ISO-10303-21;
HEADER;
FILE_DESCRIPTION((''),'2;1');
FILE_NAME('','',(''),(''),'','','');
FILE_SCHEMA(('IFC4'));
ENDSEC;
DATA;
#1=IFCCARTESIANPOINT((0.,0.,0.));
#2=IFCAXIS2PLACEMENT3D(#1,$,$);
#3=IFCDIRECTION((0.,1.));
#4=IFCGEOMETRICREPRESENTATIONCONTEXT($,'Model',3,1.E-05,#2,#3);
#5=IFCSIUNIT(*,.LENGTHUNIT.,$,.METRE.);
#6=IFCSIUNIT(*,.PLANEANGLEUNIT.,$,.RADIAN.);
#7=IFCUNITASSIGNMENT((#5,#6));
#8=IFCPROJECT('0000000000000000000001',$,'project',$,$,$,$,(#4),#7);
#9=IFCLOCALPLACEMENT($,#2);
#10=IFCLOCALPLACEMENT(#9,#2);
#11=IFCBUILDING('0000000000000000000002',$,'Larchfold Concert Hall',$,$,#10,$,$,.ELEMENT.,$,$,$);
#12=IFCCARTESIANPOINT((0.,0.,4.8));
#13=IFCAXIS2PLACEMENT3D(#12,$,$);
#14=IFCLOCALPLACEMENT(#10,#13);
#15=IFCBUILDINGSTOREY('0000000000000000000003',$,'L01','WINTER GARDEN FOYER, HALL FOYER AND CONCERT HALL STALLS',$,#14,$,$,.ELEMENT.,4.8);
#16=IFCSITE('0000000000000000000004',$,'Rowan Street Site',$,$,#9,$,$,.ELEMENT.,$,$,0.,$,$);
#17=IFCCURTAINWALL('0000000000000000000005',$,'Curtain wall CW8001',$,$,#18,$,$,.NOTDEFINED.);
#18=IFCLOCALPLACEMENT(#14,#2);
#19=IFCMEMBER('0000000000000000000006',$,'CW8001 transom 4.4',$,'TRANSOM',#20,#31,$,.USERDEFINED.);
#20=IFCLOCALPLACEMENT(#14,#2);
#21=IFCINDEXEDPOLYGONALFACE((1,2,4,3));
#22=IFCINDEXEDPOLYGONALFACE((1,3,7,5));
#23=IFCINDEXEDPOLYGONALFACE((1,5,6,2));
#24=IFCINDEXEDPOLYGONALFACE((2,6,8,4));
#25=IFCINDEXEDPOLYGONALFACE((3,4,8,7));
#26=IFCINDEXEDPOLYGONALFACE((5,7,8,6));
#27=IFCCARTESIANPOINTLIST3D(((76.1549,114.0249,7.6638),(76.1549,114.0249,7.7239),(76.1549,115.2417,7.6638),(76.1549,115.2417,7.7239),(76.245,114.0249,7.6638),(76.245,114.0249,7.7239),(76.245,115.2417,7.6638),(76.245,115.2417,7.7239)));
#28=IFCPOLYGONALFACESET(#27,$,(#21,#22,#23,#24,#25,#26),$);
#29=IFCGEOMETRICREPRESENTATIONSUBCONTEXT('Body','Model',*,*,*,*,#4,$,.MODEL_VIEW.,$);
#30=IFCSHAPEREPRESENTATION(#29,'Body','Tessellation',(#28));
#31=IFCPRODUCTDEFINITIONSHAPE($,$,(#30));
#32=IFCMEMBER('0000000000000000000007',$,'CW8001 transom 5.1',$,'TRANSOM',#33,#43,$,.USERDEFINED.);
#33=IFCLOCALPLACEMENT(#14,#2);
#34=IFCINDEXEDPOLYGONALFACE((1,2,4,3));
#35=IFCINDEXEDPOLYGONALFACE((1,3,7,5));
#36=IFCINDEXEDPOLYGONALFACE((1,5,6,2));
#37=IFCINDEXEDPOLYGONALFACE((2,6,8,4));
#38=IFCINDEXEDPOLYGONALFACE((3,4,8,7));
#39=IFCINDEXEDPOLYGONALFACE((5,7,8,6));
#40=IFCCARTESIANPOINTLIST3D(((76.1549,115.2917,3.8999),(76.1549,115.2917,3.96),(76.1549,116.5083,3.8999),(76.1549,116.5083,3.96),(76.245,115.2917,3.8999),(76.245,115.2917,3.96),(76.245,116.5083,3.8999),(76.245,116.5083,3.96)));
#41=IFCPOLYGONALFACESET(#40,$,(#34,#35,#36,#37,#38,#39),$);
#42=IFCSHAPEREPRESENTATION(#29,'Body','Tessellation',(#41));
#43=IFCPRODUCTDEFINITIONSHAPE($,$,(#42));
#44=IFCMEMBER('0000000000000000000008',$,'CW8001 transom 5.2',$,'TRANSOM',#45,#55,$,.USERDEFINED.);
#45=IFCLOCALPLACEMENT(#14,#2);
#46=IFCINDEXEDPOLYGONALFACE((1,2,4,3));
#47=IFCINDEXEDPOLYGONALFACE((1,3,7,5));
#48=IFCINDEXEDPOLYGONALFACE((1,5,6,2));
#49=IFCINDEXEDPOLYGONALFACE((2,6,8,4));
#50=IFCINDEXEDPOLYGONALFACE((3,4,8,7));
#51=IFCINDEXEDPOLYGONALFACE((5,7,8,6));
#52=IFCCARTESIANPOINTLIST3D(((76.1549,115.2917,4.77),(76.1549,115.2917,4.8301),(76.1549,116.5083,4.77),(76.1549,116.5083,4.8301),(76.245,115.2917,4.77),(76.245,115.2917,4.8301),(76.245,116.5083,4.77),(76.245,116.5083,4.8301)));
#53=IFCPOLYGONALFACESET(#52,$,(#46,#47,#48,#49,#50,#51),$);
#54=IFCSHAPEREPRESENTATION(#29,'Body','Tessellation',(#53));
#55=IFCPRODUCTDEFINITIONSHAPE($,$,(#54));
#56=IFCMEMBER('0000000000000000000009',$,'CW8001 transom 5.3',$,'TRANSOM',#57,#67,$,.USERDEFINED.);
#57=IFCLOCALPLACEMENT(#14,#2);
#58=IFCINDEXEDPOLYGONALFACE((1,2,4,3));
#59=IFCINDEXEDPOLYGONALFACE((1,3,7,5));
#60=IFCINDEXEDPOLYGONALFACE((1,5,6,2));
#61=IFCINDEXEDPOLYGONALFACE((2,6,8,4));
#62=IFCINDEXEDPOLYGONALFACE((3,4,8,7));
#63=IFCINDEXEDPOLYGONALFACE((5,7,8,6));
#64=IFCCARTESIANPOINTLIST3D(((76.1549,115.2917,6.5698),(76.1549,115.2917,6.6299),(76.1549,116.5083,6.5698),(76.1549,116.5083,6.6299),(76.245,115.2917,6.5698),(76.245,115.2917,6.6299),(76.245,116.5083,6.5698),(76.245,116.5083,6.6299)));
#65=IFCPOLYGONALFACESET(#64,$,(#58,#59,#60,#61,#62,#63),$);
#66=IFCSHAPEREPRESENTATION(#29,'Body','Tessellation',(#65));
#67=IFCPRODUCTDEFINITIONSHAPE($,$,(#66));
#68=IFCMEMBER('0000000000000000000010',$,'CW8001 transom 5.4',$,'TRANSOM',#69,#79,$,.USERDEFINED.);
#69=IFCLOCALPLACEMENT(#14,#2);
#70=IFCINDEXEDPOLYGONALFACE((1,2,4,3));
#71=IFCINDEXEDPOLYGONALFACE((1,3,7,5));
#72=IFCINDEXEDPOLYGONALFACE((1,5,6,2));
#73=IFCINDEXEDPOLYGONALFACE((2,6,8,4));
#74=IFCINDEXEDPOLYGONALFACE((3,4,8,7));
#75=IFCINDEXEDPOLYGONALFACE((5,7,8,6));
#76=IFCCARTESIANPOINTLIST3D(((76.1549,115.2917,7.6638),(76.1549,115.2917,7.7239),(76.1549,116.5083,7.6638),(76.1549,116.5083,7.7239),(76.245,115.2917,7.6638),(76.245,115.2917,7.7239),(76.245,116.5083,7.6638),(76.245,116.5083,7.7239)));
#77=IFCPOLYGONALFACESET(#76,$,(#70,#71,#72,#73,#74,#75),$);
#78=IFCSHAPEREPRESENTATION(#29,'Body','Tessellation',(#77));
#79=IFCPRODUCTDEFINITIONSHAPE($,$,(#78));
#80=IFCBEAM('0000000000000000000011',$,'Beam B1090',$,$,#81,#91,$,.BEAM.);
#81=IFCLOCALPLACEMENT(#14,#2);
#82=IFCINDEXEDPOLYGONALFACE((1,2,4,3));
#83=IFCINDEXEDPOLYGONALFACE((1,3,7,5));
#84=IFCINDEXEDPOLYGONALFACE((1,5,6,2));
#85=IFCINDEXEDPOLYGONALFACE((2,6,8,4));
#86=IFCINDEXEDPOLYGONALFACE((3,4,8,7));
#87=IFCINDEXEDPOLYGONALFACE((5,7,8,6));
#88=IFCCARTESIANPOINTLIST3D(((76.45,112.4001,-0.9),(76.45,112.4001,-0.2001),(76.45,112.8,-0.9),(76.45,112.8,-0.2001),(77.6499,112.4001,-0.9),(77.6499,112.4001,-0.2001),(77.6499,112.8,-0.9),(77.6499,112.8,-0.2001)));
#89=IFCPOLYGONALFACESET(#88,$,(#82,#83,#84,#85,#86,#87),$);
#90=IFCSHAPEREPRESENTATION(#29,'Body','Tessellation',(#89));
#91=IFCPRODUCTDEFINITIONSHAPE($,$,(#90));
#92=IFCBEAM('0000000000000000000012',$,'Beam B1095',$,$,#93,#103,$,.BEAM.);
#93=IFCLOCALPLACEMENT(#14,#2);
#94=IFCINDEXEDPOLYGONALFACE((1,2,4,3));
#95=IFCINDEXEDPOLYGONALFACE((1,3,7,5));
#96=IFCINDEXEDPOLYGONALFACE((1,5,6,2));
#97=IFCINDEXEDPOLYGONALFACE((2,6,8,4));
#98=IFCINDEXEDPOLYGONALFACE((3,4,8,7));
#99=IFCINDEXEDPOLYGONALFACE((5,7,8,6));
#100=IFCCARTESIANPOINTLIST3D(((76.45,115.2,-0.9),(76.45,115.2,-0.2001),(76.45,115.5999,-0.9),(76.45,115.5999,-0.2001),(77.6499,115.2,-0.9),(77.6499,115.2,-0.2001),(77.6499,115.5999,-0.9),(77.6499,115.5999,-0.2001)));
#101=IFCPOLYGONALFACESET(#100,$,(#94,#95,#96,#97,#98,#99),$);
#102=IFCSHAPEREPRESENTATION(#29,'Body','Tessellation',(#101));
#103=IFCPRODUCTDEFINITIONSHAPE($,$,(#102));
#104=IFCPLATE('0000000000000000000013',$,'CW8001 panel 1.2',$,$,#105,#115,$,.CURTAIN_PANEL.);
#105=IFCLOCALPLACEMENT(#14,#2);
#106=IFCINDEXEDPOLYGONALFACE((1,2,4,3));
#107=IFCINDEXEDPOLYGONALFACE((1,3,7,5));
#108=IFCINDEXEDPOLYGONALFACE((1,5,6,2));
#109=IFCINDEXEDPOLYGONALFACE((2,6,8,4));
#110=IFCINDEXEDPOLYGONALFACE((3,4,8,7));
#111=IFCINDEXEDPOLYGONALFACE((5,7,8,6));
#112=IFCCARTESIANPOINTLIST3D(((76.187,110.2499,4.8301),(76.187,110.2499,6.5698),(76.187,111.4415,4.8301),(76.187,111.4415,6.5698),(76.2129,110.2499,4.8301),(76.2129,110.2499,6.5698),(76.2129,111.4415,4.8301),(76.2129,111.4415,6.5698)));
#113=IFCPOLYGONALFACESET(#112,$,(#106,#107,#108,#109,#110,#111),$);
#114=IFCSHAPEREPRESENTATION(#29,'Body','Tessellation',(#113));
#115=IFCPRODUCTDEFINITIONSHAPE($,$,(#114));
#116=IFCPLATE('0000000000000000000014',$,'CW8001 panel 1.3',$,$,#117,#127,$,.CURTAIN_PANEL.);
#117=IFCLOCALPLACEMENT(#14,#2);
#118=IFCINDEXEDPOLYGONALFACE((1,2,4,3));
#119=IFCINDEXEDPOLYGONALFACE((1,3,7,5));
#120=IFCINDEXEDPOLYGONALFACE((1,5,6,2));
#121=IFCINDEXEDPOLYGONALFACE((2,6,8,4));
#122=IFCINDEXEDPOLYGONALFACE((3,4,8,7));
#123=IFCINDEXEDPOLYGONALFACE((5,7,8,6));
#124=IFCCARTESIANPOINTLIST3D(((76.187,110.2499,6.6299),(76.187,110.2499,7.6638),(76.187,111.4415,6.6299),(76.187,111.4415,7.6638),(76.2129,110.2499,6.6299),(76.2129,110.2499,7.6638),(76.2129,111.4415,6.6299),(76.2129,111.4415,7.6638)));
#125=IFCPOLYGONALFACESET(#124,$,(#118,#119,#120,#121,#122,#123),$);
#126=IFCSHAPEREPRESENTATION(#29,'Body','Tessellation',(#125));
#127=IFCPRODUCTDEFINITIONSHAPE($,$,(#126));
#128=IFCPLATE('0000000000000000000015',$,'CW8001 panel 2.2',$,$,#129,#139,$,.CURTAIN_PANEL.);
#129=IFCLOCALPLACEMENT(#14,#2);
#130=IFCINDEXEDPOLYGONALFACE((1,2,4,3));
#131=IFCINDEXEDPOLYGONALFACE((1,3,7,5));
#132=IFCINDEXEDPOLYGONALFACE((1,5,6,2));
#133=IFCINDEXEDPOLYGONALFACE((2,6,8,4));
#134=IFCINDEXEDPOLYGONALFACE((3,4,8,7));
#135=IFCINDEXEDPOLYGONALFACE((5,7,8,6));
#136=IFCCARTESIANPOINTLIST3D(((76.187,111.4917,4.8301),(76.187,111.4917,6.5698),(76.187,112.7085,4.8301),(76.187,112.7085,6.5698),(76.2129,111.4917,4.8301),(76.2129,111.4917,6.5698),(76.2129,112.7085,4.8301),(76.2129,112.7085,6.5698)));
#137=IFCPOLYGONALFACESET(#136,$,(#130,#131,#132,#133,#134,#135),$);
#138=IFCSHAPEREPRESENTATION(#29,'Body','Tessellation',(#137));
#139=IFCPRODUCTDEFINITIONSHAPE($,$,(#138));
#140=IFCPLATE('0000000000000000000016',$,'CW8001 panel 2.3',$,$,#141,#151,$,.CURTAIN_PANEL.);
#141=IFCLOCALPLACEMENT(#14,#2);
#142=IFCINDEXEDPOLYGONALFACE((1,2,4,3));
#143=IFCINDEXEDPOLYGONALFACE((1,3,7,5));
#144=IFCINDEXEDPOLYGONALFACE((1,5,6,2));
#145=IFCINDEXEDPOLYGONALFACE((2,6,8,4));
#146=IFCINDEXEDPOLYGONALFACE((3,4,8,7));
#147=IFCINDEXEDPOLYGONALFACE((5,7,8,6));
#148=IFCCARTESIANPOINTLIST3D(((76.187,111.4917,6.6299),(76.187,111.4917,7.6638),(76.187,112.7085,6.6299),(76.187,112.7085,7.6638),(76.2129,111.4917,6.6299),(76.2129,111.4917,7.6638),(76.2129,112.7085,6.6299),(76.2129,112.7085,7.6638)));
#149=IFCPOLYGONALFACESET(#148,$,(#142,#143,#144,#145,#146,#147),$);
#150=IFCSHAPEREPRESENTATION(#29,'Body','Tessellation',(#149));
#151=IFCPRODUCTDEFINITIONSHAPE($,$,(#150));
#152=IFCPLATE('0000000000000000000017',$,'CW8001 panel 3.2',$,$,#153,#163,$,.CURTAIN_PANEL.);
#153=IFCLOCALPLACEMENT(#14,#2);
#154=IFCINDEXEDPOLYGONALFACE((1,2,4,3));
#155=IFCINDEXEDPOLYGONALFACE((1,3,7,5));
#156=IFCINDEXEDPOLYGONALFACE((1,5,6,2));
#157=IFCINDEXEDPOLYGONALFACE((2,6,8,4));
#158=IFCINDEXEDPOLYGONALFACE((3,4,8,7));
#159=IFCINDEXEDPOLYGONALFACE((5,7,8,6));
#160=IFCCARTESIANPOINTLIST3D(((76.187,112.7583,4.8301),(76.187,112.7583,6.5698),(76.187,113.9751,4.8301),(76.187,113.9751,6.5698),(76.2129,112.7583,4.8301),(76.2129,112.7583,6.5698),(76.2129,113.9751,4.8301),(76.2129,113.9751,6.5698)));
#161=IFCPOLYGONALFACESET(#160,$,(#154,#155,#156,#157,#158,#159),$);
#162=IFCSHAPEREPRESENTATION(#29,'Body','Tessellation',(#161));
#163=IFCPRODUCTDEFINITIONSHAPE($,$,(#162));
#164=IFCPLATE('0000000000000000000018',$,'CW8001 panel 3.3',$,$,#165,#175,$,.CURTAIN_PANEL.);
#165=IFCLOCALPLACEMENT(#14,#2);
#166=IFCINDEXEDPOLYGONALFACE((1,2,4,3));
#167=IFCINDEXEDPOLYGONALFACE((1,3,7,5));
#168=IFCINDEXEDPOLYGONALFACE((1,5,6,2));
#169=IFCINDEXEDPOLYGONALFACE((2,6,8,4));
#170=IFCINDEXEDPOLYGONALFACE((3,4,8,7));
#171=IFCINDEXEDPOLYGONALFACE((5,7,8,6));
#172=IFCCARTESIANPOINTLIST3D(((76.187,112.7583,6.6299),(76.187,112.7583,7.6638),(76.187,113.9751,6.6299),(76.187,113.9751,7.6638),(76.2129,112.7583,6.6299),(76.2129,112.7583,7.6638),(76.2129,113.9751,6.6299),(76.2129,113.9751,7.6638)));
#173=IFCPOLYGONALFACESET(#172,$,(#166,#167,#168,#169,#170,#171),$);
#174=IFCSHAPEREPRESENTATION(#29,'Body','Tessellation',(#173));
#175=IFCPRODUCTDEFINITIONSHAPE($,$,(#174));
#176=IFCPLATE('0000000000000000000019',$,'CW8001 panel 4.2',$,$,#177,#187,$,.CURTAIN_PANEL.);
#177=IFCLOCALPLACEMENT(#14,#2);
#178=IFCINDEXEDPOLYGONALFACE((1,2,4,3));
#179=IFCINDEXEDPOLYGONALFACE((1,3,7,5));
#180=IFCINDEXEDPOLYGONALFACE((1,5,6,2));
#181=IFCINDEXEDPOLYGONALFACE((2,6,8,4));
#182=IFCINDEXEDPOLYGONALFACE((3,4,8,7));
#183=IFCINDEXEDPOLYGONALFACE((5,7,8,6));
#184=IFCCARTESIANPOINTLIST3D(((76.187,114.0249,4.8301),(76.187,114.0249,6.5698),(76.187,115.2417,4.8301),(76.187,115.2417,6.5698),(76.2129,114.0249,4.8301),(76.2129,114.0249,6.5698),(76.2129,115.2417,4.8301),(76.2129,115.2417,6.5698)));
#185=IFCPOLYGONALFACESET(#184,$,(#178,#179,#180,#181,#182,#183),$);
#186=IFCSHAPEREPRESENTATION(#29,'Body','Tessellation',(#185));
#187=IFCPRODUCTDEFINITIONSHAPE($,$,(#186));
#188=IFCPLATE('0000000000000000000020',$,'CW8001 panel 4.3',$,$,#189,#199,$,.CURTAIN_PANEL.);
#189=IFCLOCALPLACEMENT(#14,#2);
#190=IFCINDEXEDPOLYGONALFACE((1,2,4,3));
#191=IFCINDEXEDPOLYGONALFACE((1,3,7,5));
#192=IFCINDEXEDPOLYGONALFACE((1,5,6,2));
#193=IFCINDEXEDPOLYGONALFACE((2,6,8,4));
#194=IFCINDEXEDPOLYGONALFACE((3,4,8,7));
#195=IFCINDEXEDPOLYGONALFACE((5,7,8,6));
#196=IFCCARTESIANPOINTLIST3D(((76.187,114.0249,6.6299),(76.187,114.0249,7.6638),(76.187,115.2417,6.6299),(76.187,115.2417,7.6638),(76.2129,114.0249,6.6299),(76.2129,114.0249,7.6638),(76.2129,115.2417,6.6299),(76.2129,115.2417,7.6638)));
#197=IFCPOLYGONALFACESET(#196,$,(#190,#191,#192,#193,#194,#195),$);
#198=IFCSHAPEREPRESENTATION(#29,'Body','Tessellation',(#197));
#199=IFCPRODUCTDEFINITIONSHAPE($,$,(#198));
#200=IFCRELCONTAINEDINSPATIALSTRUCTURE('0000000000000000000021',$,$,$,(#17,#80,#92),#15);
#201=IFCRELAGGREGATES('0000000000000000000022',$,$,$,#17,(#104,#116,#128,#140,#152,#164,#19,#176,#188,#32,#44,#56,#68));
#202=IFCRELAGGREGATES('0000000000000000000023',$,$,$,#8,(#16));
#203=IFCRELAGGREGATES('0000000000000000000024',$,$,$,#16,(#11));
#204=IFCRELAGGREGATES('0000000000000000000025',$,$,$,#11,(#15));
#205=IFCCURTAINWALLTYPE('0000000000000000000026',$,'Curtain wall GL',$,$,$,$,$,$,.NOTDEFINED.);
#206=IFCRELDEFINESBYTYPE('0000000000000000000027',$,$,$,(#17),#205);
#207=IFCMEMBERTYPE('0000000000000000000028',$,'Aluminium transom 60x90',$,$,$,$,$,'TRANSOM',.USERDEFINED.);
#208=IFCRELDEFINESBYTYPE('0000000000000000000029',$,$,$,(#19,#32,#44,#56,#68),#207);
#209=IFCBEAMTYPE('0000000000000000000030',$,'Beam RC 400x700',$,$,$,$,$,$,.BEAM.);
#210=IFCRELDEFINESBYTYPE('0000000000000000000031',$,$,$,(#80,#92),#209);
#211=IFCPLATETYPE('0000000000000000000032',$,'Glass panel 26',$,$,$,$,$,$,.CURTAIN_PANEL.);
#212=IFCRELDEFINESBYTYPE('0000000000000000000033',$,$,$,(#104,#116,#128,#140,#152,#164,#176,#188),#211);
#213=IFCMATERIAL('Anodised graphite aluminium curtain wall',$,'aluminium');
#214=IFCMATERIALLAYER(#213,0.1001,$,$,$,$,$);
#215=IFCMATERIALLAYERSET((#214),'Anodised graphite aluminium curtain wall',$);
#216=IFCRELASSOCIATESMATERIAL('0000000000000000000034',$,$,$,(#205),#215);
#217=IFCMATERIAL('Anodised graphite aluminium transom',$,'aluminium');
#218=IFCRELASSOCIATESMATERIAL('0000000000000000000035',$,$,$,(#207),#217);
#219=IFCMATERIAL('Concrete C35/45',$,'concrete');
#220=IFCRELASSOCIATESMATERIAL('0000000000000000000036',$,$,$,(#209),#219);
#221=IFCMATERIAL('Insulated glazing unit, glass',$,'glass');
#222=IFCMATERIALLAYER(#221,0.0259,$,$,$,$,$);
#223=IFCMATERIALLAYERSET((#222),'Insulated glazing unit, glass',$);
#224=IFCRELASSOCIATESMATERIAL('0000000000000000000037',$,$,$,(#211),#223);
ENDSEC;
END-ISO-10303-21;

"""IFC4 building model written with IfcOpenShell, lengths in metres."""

from ifc_helpers import new_model, si_unit, direction, frame, origin, origin_2d, place, context, subcontext, project, spatial, rectangle, extrude, material, layer, layer_set, material_profile, profile_set, type_object, element, aggregate, save


model = new_model("IFC4")

# Units and contexts
model_context = context("Model", 3, precision=1e-05, world=origin(), true_north=direction((0.0, 1.0)))
body_context = subcontext(model_context, "Body", "Model", "MODEL_VIEW")
ifc_project = project(units=[si_unit("LENGTHUNIT", "METRE"), si_unit("PLANEANGLEUNIT", "RADIAN")], contexts=[model_context])

# Site, building, storey
site_placement = place(None, origin())
site = spatial("IfcSite", under=ifc_project, at=site_placement, Name="Rowan Street Site", CompositionType="ELEMENT", RefElevation=0.0)
building_placement = place(site_placement, origin())
building = spatial("IfcBuilding", under=site, at=building_placement, Name="Larchfold Concert Hall", CompositionType="ELEMENT")
storey_placement = place(building_placement, frame((0.0, 0.0, 4.8)))
storey = spatial("IfcBuildingStorey", under=building, at=storey_placement, Name="L01", Description="WINTER GARDEN FOYER, HALL FOYER AND CONCERT HALL STALLS", CompositionType="ELEMENT", Elevation=4.8)

# Curtain wall, members
ifc_material_1 = material(Name="Anodised graphite aluminium curtain wall", Category="aluminium")
ifc_layer_1 = layer(ifc_material_1, 0.1001)
ifc_layer_set_1 = layer_set([ifc_layer_1], Name="Anodised graphite aluminium curtain wall")
curtain_wall_type = type_object("IfcCurtainWallType", Name="Curtain wall GL", PredefinedType="NOTDEFINED", material=ifc_layer_set_1)
curtain_wall_placement = place(storey_placement, origin())
curtain_wall = element("IfcCurtainWall", 1, at=curtain_wall_placement, inside=storey, type_object=curtain_wall_type, Name="Curtain wall CW8001", PredefinedType="NOTDEFINED")
ifc_material_2 = material(Name="Anodised graphite aluminium transom", Category="aluminium")
ifc_material_profile_1 = material_profile(ifc_material_2, rectangle(XDim=0.0901, YDim=0.0601, at=origin_2d()))
ifc_profile_set_1 = profile_set([ifc_material_profile_1], Name="Anodised graphite aluminium transom")
member_type_1 = type_object("IfcMemberType", Name="Aluminium transom 60x90", ElementType="TRANSOM", PredefinedType="USERDEFINED", material=ifc_profile_set_1)
member_1_placement = place(storey_placement, frame((76.2, 114.0249, 7.6938), z_axis=(0.0, 1.0, 0.0), x_axis=(-1.0, 0.0, 0.0)))
member_1 = element("IfcMember", 2, at=member_1_placement, type_object=member_type_1, Name="CW8001 transom 4.4", ObjectType="TRANSOM", PredefinedType="USERDEFINED", context=body_context, shape_type="SweptSolid", body=[
    extrude(rectangle(XDim=0.0901, YDim=0.0601, at=origin_2d()), origin(), (0.0, 0.0, 1.0), 1.2168),
])
member_2_placement = place(storey_placement, frame((76.2, 115.2917, 3.9299), z_axis=(0.0, 1.0, 0.0), x_axis=(-1.0, 0.0, 0.0)))
member_2 = element("IfcMember", 3, at=member_2_placement, type_object=member_type_1, Name="CW8001 transom 5.1", ObjectType="TRANSOM", PredefinedType="USERDEFINED", context=body_context, shape_type="SweptSolid", body=[
    extrude(rectangle(XDim=0.0901, YDim=0.0601, at=origin_2d()), origin(), (0.0, 0.0, 1.0), 1.2166),
])
member_3_placement = place(storey_placement, frame((76.2, 115.2917, 4.8), z_axis=(0.0, 1.0, 0.0), x_axis=(-1.0, 0.0, 0.0)))
member_3 = element("IfcMember", 4, at=member_3_placement, type_object=member_type_1, Name="CW8001 transom 5.2", ObjectType="TRANSOM", PredefinedType="USERDEFINED", context=body_context, shape_type="SweptSolid", body=[
    extrude(rectangle(XDim=0.0901, YDim=0.0601, at=origin_2d()), origin(), (0.0, 0.0, 1.0), 1.2166),
])
member_4_placement = place(storey_placement, frame((76.2, 115.2917, 6.5999), z_axis=(0.0, 1.0, 0.0), x_axis=(-1.0, 0.0, 0.0)))
member_4 = element("IfcMember", 5, at=member_4_placement, type_object=member_type_1, Name="CW8001 transom 5.3", ObjectType="TRANSOM", PredefinedType="USERDEFINED", context=body_context, shape_type="SweptSolid", body=[
    extrude(rectangle(XDim=0.0901, YDim=0.0601, at=origin_2d()), origin(), (0.0, 0.0, 1.0), 1.2166),
])
member_5_placement = place(storey_placement, frame((76.2, 115.2917, 7.6938), z_axis=(0.0, 1.0, 0.0), x_axis=(-1.0, 0.0, 0.0)))
member_5 = element("IfcMember", 6, at=member_5_placement, type_object=member_type_1, Name="CW8001 transom 5.4", ObjectType="TRANSOM", PredefinedType="USERDEFINED", context=body_context, shape_type="SweptSolid", body=[
    extrude(rectangle(XDim=0.0901, YDim=0.0601, at=origin_2d()), origin(), (0.0, 0.0, 1.0), 1.2166),
])

# Beams
ifc_material_3 = material(Name="Concrete C35/45", Category="concrete")
ifc_material_profile_2 = material_profile(ifc_material_3, rectangle(XDim=0.3999, YDim=0.7, at=origin_2d()))
ifc_profile_set_2 = profile_set([ifc_material_profile_2], Name="Concrete C35/45")
beam_type = type_object("IfcBeamType", Name="Beam RC 400x700", PredefinedType="BEAM", material=ifc_profile_set_2)
for number, where, z_axis, x_axis, name in (
    (7, (76.45, 112.6001, -0.55), (1.0, 0.0, 0.0), (0.0, 1.0, 0.0), "Beam B1090"),
    (8, (76.45, 115.3999, -0.55), (1.0, 0.0, 0.0), (0.0, 1.0, 0.0), "Beam B1095"),
):
    element("IfcBeam", number, at=place(storey_placement, frame(where, z_axis=z_axis, x_axis=x_axis)), inside=storey, type_object=beam_type, Name=name, PredefinedType="BEAM", context=body_context, shape_type="SweptSolid", body=[
        extrude(rectangle(XDim=0.3999, YDim=0.7, at=origin_2d()), origin(), (0.0, 0.0, 1.0), 1.2),
    ])

# Plates
ifc_material_4 = material(Name="Insulated glazing unit, glass", Category="glass")
ifc_layer_2 = layer(ifc_material_4, 0.0259)
ifc_layer_set_2 = layer_set([ifc_layer_2], Name="Insulated glazing unit, glass")
plate_type_1 = type_object("IfcPlateType", Name="Glass panel 26", PredefinedType="CURTAIN_PANEL", material=ifc_layer_set_2)
plate_1_placement = place(storey_placement, frame((76.2, 110.8457, 4.8301), z_axis=(0.0, 0.0, 1.0), x_axis=(0.0, 1.0, 0.0)))
plate_1 = element("IfcPlate", 9, at=plate_1_placement, type_object=plate_type_1, Name="CW8001 panel 1.2", PredefinedType="CURTAIN_PANEL", context=body_context, shape_type="SweptSolid", body=[
    extrude(rectangle(XDim=1.1917, YDim=0.0259, at=origin_2d()), origin(), (0.0, 0.0, 1.0), 1.7397),
])
plate_2_placement = place(storey_placement, frame((76.2, 110.8457, 6.6299), z_axis=(0.0, 0.0, 1.0), x_axis=(0.0, 1.0, 0.0)))
plate_2 = element("IfcPlate", 10, at=plate_2_placement, type_object=plate_type_1, Name="CW8001 panel 1.3", PredefinedType="CURTAIN_PANEL", context=body_context, shape_type="SweptSolid", body=[
    extrude(rectangle(XDim=1.1917, YDim=0.0259, at=origin_2d()), origin(), (0.0, 0.0, 1.0), 1.0339),
])
plate_3_placement = place(storey_placement, frame((76.2, 112.1001, 4.8301), z_axis=(0.0, 0.0, 1.0), x_axis=(0.0, 1.0, 0.0)))
plate_3 = element("IfcPlate", 11, at=plate_3_placement, type_object=plate_type_1, Name="CW8001 panel 2.2", PredefinedType="CURTAIN_PANEL", context=body_context, shape_type="SweptSolid", body=[
    extrude(rectangle(XDim=1.2168, YDim=0.0259, at=origin_2d()), origin(), (0.0, 0.0, 1.0), 1.7397),
])
plate_4_placement = place(storey_placement, frame((76.2, 112.1001, 6.6299), z_axis=(0.0, 0.0, 1.0), x_axis=(0.0, 1.0, 0.0)))
plate_4 = element("IfcPlate", 12, at=plate_4_placement, type_object=plate_type_1, Name="CW8001 panel 2.3", PredefinedType="CURTAIN_PANEL", context=body_context, shape_type="SweptSolid", body=[
    extrude(rectangle(XDim=1.2168, YDim=0.0259, at=origin_2d()), origin(), (0.0, 0.0, 1.0), 1.0339),
])
plate_5_placement = place(storey_placement, frame((76.2, 113.3667, 4.8301), z_axis=(0.0, 0.0, 1.0), x_axis=(0.0, 1.0, 0.0)))
plate_5 = element("IfcPlate", 13, at=plate_5_placement, type_object=plate_type_1, Name="CW8001 panel 3.2", PredefinedType="CURTAIN_PANEL", context=body_context, shape_type="SweptSolid", body=[
    extrude(rectangle(XDim=1.2168, YDim=0.0259, at=origin_2d()), origin(), (0.0, 0.0, 1.0), 1.7397),
])
plate_6_placement = place(storey_placement, frame((76.2, 113.3667, 6.6299), z_axis=(0.0, 0.0, 1.0), x_axis=(0.0, 1.0, 0.0)))
plate_6 = element("IfcPlate", 14, at=plate_6_placement, type_object=plate_type_1, Name="CW8001 panel 3.3", PredefinedType="CURTAIN_PANEL", context=body_context, shape_type="SweptSolid", body=[
    extrude(rectangle(XDim=1.2168, YDim=0.0259, at=origin_2d()), origin(), (0.0, 0.0, 1.0), 1.0339),
])
plate_7_placement = place(storey_placement, frame((76.2, 114.6333, 4.8301), z_axis=(0.0, 0.0, 1.0), x_axis=(0.0, 1.0, 0.0)))
plate_7 = element("IfcPlate", 15, at=plate_7_placement, type_object=plate_type_1, Name="CW8001 panel 4.2", PredefinedType="CURTAIN_PANEL", context=body_context, shape_type="SweptSolid", body=[
    extrude(rectangle(XDim=1.2168, YDim=0.0259, at=origin_2d()), origin(), (0.0, 0.0, 1.0), 1.7397),
])
plate_8_placement = place(storey_placement, frame((76.2, 114.6333, 6.6299), z_axis=(0.0, 0.0, 1.0), x_axis=(0.0, 1.0, 0.0)))
plate_8 = element("IfcPlate", 16, at=plate_8_placement, type_object=plate_type_1, Name="CW8001 panel 4.3", PredefinedType="CURTAIN_PANEL", context=body_context, shape_type="SweptSolid", body=[
    extrude(rectangle(XDim=1.2168, YDim=0.0259, at=origin_2d()), origin(), (0.0, 0.0, 1.0), 1.0339),
])
aggregate(curtain_wall, [plate_1, plate_2, plate_3, plate_4, plate_5, plate_6, member_1, plate_7, plate_8, member_2, member_3, member_4, member_5])

save(model, "model.ifc")
